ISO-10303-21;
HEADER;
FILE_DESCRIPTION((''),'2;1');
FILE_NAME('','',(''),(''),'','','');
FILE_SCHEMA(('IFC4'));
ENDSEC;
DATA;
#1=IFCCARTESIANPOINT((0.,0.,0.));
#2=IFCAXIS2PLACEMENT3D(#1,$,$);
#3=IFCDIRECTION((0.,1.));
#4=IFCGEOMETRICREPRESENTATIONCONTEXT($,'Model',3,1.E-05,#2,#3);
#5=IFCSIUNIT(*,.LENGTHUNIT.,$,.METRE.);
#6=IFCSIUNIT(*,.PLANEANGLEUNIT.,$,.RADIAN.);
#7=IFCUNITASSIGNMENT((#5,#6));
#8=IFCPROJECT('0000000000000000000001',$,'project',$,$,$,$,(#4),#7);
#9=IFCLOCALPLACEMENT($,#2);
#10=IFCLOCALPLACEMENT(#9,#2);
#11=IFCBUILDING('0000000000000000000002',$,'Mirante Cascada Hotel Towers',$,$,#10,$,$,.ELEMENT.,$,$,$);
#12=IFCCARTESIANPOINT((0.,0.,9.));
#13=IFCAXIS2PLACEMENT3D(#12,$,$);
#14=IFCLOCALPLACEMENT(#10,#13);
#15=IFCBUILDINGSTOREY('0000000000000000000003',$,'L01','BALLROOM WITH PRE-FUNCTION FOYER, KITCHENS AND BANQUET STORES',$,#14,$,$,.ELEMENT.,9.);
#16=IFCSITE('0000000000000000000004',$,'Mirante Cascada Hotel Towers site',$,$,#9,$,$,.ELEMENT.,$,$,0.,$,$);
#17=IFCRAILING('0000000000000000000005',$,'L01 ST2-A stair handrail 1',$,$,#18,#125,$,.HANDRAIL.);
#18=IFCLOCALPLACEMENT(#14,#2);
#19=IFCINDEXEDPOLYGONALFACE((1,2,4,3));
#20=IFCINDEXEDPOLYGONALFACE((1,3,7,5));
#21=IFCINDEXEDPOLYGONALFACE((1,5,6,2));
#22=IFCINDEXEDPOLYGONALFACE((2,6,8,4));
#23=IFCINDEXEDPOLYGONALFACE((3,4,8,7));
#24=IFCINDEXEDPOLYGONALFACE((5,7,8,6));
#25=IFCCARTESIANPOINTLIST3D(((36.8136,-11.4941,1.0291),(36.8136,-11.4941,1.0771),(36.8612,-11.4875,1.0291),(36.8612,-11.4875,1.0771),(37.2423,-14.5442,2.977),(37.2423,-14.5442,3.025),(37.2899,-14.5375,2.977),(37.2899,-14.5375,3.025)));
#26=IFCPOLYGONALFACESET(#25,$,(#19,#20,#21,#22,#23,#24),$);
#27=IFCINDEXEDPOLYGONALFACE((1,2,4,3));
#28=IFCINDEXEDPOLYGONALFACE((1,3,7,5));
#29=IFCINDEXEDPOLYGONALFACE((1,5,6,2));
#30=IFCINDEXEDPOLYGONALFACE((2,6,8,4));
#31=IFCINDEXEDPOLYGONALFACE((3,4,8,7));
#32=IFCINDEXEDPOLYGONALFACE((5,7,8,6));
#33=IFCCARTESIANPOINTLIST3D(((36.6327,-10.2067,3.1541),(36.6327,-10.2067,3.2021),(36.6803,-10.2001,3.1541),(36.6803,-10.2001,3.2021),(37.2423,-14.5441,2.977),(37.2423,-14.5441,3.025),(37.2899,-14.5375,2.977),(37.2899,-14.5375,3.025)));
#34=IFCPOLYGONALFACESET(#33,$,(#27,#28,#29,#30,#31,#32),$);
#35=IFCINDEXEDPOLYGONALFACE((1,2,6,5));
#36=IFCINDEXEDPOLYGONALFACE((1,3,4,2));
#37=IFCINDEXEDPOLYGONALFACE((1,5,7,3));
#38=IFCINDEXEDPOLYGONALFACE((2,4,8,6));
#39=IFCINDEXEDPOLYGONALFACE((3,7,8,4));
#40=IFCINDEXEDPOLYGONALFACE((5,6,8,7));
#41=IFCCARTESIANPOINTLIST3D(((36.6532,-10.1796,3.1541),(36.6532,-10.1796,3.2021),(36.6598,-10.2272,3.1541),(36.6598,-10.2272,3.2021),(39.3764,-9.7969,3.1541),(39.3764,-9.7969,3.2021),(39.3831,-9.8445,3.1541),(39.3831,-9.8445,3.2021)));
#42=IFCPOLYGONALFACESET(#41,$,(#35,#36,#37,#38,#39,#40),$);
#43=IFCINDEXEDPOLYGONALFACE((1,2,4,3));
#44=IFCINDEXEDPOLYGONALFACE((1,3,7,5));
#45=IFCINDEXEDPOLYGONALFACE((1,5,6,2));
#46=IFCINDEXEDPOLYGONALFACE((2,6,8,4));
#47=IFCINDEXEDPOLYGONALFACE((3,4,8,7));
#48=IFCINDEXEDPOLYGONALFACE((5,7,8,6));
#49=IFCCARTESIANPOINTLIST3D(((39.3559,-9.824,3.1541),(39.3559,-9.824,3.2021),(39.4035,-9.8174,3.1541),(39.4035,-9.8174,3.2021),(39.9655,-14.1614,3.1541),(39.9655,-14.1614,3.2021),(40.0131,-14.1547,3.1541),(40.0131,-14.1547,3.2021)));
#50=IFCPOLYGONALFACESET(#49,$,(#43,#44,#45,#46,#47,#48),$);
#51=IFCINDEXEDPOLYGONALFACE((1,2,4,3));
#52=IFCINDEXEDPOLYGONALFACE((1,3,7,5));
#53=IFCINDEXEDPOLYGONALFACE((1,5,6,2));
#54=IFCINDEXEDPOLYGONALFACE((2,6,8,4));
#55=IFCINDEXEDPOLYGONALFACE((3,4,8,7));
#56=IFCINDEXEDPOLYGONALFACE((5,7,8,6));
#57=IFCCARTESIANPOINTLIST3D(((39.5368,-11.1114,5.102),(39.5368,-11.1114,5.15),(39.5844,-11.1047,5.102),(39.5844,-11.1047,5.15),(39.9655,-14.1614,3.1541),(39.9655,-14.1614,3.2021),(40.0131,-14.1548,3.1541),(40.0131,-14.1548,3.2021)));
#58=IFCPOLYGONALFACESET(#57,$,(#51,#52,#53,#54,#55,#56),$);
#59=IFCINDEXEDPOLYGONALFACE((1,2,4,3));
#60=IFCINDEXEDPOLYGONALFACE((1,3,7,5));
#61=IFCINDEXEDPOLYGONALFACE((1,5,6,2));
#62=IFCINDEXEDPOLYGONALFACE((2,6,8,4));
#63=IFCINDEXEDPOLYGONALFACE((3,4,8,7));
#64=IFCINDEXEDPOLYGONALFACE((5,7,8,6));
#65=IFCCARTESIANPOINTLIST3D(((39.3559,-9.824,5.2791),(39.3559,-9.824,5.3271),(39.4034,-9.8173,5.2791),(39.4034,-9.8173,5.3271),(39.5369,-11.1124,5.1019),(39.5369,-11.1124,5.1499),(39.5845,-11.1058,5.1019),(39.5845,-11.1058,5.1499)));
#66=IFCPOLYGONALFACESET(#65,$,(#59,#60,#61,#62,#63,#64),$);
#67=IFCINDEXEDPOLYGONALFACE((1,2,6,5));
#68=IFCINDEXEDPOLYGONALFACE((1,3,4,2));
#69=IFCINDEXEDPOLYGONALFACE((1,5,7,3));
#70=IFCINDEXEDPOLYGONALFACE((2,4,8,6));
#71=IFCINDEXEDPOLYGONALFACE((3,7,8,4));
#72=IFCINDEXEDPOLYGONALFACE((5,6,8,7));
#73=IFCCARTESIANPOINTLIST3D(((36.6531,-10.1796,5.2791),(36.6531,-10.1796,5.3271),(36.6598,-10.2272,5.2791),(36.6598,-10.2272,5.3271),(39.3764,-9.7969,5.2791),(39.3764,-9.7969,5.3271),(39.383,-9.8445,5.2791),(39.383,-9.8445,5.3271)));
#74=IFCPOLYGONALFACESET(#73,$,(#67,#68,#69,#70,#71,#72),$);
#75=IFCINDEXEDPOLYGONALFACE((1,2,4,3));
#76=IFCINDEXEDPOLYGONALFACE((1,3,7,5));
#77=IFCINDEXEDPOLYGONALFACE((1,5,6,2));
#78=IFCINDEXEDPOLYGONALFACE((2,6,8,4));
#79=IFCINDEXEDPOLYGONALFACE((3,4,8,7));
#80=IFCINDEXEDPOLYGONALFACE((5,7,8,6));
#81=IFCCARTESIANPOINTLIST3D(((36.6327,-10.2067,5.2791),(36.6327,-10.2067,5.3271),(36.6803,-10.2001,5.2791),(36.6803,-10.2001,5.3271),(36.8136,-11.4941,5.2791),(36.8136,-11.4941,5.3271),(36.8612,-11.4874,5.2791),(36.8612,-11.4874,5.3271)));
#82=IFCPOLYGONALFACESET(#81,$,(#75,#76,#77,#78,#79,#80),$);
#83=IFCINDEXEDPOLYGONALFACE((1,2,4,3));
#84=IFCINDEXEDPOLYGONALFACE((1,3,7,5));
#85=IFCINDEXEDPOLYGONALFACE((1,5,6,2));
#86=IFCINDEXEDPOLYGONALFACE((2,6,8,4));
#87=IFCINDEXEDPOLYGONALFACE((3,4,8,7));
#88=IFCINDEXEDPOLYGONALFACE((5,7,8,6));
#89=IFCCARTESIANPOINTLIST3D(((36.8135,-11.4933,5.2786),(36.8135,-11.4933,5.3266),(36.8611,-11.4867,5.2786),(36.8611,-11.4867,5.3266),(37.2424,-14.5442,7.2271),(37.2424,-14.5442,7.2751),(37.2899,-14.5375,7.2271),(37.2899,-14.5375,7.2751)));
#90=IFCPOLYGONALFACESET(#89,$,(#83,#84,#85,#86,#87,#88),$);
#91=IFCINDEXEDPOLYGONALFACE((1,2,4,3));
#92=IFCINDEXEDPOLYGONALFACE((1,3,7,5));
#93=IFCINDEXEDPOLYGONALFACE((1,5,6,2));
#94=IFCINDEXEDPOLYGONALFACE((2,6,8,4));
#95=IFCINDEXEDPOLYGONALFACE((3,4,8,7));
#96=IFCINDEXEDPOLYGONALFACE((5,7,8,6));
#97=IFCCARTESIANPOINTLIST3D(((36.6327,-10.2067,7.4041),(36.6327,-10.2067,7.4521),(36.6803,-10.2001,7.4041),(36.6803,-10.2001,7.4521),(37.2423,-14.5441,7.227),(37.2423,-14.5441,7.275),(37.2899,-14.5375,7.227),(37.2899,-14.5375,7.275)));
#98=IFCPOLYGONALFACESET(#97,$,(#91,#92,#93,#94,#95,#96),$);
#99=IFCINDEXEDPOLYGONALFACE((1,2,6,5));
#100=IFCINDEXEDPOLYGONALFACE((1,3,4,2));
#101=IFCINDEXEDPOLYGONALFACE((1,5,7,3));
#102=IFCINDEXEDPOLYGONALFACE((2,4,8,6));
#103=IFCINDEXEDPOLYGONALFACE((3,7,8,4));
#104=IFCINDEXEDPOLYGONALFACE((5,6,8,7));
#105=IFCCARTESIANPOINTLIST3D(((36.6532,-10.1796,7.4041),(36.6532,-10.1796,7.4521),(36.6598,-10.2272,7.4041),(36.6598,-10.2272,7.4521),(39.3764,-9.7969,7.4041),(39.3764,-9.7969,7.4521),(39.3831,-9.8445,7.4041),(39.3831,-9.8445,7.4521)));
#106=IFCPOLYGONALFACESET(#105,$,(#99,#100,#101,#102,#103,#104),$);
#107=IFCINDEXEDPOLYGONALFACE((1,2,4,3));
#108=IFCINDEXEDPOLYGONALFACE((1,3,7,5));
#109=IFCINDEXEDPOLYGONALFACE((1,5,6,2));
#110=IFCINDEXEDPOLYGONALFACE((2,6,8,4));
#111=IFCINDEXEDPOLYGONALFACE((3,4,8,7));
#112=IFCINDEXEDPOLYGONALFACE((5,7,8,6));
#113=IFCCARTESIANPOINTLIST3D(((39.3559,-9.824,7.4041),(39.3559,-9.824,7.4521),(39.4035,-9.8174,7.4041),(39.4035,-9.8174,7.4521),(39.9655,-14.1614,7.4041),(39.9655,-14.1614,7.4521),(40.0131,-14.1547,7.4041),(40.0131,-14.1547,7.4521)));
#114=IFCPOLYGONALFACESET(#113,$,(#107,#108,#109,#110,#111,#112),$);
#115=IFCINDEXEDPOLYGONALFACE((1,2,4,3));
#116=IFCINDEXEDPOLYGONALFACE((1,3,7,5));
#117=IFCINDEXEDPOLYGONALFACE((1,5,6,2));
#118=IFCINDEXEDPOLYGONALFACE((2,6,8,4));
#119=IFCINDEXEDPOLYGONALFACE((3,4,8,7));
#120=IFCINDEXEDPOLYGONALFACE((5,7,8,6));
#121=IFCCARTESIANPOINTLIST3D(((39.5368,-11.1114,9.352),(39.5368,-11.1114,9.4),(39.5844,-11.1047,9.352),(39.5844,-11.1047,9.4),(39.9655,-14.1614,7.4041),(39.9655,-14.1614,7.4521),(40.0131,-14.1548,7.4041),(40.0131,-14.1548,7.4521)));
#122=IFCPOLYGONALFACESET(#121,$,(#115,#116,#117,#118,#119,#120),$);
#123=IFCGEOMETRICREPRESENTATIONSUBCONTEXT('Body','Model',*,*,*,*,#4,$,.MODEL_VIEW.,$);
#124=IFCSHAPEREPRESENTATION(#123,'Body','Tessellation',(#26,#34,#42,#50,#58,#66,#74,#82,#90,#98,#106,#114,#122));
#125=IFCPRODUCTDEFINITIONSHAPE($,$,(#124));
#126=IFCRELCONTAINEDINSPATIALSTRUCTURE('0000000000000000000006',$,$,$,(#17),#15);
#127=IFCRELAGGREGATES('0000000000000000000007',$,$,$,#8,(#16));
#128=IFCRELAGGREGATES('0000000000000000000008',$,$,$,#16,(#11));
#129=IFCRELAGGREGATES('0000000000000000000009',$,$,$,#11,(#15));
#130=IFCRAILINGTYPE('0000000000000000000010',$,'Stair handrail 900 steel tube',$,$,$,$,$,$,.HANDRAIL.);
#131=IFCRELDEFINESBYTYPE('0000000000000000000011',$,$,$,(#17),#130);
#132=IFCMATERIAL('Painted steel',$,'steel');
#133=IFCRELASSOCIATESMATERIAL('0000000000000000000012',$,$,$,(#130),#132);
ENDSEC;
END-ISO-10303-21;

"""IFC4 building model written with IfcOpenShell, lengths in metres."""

from ifc_helpers import new_model, si_unit, direction, frame, origin, origin_2d, place, context, subcontext, project, spatial, rectangle, extrude, material, type_object, element, save


model = new_model("IFC4")

# Units and contexts
model_context = context("Model", 3, precision=1e-05, world=origin(), true_north=direction((0.0, 1.0)))
body_context = subcontext(model_context, "Body", "Model", "MODEL_VIEW")
ifc_project = project(units=[si_unit("LENGTHUNIT", "METRE"), si_unit("PLANEANGLEUNIT", "RADIAN")], contexts=[model_context])

# Site, building, storey
site_placement = place(None, origin())
site = spatial("IfcSite", under=ifc_project, at=site_placement, Name="Mirante Cascada Hotel Towers site", CompositionType="ELEMENT", RefElevation=0.0)
building_placement = place(site_placement, origin())
building = spatial("IfcBuilding", under=site, at=building_placement, Name="Mirante Cascada Hotel Towers", CompositionType="ELEMENT")
storey_placement = place(building_placement, frame((0.0, 0.0, 9.0)))
storey = spatial("IfcBuildingStorey", under=building, at=storey_placement, Name="L01", Description="BALLROOM WITH PRE-FUNCTION FOYER, KITCHENS AND BANQUET STORES", CompositionType="ELEMENT", Elevation=9.0)

# Railing
ifc_material_1 = material(Name="Painted steel", Category="steel")
railing_type_1 = type_object("IfcRailingType", Name="Stair handrail 900 steel tube", PredefinedType="HANDRAIL", material=ifc_material_1)
railing_1_placement = place(storey_placement, frame((36.8374, -11.4908, 0.1771)))
element("IfcRailing", 1, at=railing_1_placement, inside=storey, type_object=railing_type_1, Name="L01 ST2-A stair handrail 1", PredefinedType="HANDRAIL", context=body_context, shape_type="SweptSolid", body=[
    extrude(rectangle(XDim=0.048, YDim=0.048, at=origin_2d()), frame((0.0, 0.0, 0.876), z_axis=(0.139189, -0.990266, 0.0), x_axis=(0.990266, 0.139189, 0.0)), (0.0, 0.534512, 0.845161), 3.6443),
    extrude(rectangle(XDim=0.048, YDim=0.048, at=origin_2d()), frame((0.4287, -3.05, 2.8239), z_axis=(-0.139177, 0.990267, 0.0), x_axis=(-0.990267, -0.139177, 0.0)), (0.0, 0.0404, 0.999184), 4.3836),
    extrude(rectangle(XDim=0.048, YDim=0.048, at=origin_2d()), frame((-0.1809, 1.2874, 3.001), z_axis=(0.990269, 0.139166, 0.0), x_axis=(-0.139166, 0.990269, 0.0)), (0.0, 0.0, 1.0), 2.75),
    extrude(rectangle(XDim=0.048, YDim=0.048, at=origin_2d()), frame((2.5423, 1.6701, 3.001), z_axis=(0.139177, -0.990267, 0.0), x_axis=(0.990267, 0.139177, 0.0)), (0.0, 0.0, 1.0), 4.38),
    extrude(rectangle(XDim=0.048, YDim=0.048, at=origin_2d()), frame((3.1519, -2.6673, 3.001), z_axis=(-0.139189, 0.990266, 0.0), x_axis=(-0.990266, -0.139189, 0.0)), (0.0, 0.534512, 0.845161), 3.6443),
    extrude(rectangle(XDim=0.048, YDim=0.048, at=origin_2d()), frame((2.7233, 0.3817, 4.9488), z_axis=(-0.139149, 0.990271, 0.0), x_axis=(-0.990271, -0.139149, 0.0)), (0.0, 0.134979, 0.990848), 1.3131),
    extrude(rectangle(XDim=0.048, YDim=0.048, at=origin_2d()), frame((2.5423, 1.6701, 5.126), z_axis=(-0.990269, -0.139166, 0.0), x_axis=(0.139166, -0.990269, 0.0)), (0.0, 0.0, 1.0), 2.75),
    extrude(rectangle(XDim=0.048, YDim=0.048, at=origin_2d()), frame((-0.1809, 1.2874, 5.126), z_axis=(0.139149, -0.990271, 0.0), x_axis=(0.990271, 0.139149, 0.0)), (0.0, 0.0, 1.0), 1.3),
    extrude(rectangle(XDim=0.048, YDim=0.048, at=origin_2d()), frame((-0.0001, 0.0008, 5.1255), z_axis=(0.139189, -0.990266, 0.0), x_axis=(0.990266, 0.139189, 0.0)), (0.0, 0.534512, 0.845161), 3.6453),
    extrude(rectangle(XDim=0.048, YDim=0.048, at=origin_2d()), frame((0.4287, -3.05, 7.0739), z_axis=(-0.139177, 0.990267, 0.0), x_axis=(-0.990267, -0.139177, 0.0)), (0.0, 0.0404, 0.999184), 4.3836),
    extrude(rectangle(XDim=0.048, YDim=0.048, at=origin_2d()), frame((-0.1809, 1.2874, 7.251), z_axis=(0.990269, 0.139166, 0.0), x_axis=(-0.139166, 0.990269, 0.0)), (0.0, 0.0, 1.0), 2.75),
    extrude(rectangle(XDim=0.048, YDim=0.048, at=origin_2d()), frame((2.5423, 1.6701, 7.251), z_axis=(0.139177, -0.990267, 0.0), x_axis=(0.990267, 0.139177, 0.0)), (0.0, 0.0, 1.0), 4.38),
    extrude(rectangle(XDim=0.048, YDim=0.048, at=origin_2d()), frame((3.1519, -2.6673, 7.251), z_axis=(-0.139189, 0.990266, 0.0), x_axis=(-0.990266, -0.139189, 0.0)), (0.0, 0.534512, 0.845161), 3.6443),
])

save(model, "model.ifc")
